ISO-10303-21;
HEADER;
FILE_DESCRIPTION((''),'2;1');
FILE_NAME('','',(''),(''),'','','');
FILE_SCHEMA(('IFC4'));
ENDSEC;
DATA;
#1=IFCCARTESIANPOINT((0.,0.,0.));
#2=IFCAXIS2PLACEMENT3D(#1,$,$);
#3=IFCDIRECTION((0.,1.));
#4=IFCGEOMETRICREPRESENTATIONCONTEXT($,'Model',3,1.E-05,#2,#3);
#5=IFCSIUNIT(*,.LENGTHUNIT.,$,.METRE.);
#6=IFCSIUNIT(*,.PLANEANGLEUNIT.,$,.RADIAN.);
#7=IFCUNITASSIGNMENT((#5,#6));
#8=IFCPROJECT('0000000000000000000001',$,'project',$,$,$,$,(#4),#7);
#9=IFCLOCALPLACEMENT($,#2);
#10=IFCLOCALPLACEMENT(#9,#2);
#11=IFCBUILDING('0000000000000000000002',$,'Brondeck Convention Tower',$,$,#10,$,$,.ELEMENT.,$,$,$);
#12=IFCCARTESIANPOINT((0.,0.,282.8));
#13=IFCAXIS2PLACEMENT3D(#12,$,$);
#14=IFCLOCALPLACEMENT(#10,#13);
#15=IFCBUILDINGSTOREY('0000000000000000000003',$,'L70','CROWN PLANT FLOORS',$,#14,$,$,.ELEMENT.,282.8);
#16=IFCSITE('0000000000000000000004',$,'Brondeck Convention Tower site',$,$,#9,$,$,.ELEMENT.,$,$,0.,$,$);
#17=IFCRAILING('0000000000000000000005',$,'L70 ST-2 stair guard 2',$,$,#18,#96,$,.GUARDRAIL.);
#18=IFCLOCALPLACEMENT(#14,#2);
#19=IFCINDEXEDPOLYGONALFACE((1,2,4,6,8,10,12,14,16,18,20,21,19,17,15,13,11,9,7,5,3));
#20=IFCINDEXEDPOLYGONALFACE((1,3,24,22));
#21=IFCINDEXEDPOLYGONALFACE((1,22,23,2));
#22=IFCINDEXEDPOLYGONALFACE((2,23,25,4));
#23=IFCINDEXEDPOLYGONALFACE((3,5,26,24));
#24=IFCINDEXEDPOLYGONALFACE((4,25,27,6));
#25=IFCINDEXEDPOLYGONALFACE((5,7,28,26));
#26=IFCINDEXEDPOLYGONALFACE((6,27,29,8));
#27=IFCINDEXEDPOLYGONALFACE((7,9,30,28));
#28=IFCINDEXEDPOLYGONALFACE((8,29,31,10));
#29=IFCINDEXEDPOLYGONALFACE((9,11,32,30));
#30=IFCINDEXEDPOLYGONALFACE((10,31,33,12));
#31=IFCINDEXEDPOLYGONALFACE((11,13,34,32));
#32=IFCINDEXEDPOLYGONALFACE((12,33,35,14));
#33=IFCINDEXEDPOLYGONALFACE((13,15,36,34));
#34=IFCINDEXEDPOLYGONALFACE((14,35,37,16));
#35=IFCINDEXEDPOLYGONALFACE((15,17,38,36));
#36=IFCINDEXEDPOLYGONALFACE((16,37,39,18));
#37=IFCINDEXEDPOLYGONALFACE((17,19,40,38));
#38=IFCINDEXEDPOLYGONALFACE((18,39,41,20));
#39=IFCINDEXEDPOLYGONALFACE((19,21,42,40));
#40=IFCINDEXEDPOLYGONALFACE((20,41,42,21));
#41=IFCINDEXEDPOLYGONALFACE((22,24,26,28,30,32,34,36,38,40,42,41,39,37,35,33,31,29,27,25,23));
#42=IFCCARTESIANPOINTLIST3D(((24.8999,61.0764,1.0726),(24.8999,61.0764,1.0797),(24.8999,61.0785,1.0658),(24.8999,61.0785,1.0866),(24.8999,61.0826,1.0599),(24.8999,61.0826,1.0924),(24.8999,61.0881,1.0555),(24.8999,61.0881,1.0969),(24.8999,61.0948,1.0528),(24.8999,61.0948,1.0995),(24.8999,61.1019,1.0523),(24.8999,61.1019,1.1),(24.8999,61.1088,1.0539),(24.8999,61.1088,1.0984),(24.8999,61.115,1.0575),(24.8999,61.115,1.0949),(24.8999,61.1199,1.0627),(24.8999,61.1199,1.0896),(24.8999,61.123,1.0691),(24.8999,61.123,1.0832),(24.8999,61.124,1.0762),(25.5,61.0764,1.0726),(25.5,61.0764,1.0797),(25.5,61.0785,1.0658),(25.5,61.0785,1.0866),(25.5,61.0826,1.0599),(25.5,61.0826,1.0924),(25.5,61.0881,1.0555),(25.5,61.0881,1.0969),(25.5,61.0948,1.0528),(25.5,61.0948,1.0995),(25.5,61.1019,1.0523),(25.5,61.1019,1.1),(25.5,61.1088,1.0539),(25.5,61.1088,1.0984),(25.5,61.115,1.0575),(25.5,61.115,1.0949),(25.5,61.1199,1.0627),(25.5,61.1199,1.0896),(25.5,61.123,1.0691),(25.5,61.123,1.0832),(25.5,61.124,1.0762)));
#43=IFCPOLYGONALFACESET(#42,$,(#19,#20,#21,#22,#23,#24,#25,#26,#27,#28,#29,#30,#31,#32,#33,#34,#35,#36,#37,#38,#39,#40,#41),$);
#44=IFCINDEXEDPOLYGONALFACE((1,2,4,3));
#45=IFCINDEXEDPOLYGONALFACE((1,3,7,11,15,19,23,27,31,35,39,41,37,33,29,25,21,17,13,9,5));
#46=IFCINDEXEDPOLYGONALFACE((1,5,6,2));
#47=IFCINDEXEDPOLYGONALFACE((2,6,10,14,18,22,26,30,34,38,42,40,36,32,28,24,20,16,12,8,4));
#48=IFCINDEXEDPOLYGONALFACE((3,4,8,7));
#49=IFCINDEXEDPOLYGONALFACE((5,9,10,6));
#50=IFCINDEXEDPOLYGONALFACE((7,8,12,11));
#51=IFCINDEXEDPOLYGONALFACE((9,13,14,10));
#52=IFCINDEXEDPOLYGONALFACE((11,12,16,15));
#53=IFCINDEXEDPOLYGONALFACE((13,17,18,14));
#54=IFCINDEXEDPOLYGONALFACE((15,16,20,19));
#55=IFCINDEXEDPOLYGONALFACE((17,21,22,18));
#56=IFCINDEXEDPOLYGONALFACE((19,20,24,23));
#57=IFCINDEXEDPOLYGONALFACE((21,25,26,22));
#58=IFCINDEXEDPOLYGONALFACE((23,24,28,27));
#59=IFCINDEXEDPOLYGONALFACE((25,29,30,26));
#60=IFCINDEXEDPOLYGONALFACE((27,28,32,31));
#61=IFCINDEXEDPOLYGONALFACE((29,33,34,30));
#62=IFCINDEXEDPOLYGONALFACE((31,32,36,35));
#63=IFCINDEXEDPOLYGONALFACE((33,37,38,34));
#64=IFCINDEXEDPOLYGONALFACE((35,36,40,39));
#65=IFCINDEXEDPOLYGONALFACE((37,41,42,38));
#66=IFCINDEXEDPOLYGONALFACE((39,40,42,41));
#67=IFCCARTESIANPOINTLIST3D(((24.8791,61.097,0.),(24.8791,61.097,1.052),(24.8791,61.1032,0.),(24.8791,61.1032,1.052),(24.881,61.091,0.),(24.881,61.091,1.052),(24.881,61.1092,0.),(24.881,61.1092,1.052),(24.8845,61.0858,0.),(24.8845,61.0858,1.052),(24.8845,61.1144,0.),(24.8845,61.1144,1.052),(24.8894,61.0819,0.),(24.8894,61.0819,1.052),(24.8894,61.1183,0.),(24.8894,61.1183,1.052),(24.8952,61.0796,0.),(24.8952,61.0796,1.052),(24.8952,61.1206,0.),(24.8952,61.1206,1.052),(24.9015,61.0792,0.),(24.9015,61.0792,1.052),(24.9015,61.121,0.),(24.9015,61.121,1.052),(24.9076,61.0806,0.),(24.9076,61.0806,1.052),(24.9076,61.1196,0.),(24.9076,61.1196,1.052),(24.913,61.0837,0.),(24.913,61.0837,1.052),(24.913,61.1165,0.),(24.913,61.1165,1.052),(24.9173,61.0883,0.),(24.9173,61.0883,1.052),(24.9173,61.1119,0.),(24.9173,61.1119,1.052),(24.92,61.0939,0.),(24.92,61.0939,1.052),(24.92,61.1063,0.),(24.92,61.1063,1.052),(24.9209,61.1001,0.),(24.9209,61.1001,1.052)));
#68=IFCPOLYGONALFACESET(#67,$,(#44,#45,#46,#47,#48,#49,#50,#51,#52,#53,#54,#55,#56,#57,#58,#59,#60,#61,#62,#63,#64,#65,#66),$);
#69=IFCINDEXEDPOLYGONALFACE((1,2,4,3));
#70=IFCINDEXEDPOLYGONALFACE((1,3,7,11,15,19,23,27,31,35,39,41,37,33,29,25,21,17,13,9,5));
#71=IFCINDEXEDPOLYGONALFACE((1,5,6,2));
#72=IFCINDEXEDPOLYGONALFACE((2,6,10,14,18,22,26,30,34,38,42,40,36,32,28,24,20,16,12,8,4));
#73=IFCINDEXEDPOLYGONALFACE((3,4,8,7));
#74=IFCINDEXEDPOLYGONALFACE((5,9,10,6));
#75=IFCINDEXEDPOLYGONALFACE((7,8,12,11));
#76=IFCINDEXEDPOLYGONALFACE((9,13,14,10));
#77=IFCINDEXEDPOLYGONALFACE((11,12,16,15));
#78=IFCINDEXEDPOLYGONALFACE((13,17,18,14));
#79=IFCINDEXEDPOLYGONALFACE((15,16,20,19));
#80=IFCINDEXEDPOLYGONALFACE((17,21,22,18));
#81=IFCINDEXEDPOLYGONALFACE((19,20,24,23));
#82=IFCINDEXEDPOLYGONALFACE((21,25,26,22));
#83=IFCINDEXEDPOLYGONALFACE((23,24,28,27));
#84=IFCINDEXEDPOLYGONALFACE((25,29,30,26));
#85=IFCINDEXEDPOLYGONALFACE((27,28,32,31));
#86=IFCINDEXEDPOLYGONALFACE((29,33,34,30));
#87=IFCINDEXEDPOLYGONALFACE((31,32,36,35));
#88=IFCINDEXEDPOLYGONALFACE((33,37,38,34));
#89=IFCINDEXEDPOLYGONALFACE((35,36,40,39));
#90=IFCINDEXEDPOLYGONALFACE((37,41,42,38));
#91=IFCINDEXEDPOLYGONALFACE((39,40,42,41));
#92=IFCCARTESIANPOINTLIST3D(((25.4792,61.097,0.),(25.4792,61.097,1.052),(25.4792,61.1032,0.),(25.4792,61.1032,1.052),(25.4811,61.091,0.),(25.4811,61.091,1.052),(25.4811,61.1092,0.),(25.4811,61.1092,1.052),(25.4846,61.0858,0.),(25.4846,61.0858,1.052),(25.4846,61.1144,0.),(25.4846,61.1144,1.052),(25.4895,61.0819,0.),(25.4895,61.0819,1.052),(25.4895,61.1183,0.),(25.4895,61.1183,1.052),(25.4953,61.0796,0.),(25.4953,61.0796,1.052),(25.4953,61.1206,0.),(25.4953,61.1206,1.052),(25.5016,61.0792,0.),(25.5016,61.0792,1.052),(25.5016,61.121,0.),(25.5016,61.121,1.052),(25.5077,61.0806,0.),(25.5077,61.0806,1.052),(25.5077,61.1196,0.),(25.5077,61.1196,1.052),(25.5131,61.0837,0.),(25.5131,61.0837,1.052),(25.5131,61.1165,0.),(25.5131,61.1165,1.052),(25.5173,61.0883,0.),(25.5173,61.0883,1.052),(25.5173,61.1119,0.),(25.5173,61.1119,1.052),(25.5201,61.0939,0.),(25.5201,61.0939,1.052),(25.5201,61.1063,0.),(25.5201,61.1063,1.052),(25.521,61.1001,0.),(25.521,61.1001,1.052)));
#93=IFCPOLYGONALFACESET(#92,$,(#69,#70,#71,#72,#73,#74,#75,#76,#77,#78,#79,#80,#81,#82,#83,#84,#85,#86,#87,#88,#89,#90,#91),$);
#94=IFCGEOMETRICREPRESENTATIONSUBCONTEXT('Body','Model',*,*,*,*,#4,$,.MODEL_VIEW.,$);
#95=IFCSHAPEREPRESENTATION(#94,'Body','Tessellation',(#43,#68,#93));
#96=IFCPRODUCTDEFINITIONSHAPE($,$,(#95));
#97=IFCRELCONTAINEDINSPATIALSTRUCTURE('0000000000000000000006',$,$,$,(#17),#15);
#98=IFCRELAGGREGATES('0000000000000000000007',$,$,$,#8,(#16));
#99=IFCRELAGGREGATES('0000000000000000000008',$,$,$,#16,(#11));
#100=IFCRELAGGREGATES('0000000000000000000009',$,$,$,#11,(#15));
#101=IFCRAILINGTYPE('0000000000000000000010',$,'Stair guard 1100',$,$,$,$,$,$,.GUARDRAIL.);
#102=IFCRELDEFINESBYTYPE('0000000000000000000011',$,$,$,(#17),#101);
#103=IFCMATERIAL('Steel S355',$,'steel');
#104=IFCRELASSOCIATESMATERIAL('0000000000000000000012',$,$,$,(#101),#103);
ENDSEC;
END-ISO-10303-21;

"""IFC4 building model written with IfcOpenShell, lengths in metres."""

from ifc_helpers import new_model, si_unit, direction, frame, origin, origin_2d, place, context, subcontext, project, spatial, circle, extrude, material, type_object, element, save


model = new_model("IFC4")

# Units and contexts
model_context = context("Model", 3, precision=1e-05, world=origin(), true_north=direction((0.0, 1.0)))
body_context = subcontext(model_context, "Body", "Model", "MODEL_VIEW")
ifc_project = project(units=[si_unit("LENGTHUNIT", "METRE"), si_unit("PLANEANGLEUNIT", "RADIAN")], contexts=[model_context])

# Site, building, storey
site_placement = place(None, origin())
site = spatial("IfcSite", under=ifc_project, at=site_placement, Name="Brondeck Convention Tower site", CompositionType="ELEMENT", RefElevation=0.0)
building_placement = place(site_placement, origin())
building = spatial("IfcBuilding", under=site, at=building_placement, Name="Brondeck Convention Tower", CompositionType="ELEMENT")
storey_placement = place(building_placement, frame((0.0, 0.0, 282.8)))
storey = spatial("IfcBuildingStorey", under=building, at=storey_placement, Name="L70", Description="CROWN PLANT FLOORS", CompositionType="ELEMENT", Elevation=282.8)

# Railing
ifc_material_1 = material(Name="Steel S355", Category="steel")
railing_type_1 = type_object("IfcRailingType", Name="Stair guard 1100", PredefinedType="GUARDRAIL", material=ifc_material_1)
railing_1_placement = place(storey_placement, frame((24.8999, 61.1001, 0.0)))
element("IfcRailing", 1, at=railing_1_placement, inside=storey, type_object=railing_type_1, Name="L70 ST-2 stair guard 2", PredefinedType="GUARDRAIL", context=body_context, shape_type="SweptSolid", body=[
    extrude(circle(Radius=0.0239, at=origin_2d()), frame((0.0, 0.0, 1.0762), z_axis=(1.0, 0.0, 0.0), x_axis=(0.0, 1.0, 0.0)), (0.0, 0.0, 1.0), 0.6001),
    extrude(circle(Radius=0.021, at=origin_2d()), origin(), (0.0, 0.0, 1.0), 1.052),
    extrude(circle(Radius=0.021, at=origin_2d()), frame((0.6001, 0.0, 0.0)), (0.0, 0.0, 1.0), 1.052),
])

save(model, "model.ifc")
